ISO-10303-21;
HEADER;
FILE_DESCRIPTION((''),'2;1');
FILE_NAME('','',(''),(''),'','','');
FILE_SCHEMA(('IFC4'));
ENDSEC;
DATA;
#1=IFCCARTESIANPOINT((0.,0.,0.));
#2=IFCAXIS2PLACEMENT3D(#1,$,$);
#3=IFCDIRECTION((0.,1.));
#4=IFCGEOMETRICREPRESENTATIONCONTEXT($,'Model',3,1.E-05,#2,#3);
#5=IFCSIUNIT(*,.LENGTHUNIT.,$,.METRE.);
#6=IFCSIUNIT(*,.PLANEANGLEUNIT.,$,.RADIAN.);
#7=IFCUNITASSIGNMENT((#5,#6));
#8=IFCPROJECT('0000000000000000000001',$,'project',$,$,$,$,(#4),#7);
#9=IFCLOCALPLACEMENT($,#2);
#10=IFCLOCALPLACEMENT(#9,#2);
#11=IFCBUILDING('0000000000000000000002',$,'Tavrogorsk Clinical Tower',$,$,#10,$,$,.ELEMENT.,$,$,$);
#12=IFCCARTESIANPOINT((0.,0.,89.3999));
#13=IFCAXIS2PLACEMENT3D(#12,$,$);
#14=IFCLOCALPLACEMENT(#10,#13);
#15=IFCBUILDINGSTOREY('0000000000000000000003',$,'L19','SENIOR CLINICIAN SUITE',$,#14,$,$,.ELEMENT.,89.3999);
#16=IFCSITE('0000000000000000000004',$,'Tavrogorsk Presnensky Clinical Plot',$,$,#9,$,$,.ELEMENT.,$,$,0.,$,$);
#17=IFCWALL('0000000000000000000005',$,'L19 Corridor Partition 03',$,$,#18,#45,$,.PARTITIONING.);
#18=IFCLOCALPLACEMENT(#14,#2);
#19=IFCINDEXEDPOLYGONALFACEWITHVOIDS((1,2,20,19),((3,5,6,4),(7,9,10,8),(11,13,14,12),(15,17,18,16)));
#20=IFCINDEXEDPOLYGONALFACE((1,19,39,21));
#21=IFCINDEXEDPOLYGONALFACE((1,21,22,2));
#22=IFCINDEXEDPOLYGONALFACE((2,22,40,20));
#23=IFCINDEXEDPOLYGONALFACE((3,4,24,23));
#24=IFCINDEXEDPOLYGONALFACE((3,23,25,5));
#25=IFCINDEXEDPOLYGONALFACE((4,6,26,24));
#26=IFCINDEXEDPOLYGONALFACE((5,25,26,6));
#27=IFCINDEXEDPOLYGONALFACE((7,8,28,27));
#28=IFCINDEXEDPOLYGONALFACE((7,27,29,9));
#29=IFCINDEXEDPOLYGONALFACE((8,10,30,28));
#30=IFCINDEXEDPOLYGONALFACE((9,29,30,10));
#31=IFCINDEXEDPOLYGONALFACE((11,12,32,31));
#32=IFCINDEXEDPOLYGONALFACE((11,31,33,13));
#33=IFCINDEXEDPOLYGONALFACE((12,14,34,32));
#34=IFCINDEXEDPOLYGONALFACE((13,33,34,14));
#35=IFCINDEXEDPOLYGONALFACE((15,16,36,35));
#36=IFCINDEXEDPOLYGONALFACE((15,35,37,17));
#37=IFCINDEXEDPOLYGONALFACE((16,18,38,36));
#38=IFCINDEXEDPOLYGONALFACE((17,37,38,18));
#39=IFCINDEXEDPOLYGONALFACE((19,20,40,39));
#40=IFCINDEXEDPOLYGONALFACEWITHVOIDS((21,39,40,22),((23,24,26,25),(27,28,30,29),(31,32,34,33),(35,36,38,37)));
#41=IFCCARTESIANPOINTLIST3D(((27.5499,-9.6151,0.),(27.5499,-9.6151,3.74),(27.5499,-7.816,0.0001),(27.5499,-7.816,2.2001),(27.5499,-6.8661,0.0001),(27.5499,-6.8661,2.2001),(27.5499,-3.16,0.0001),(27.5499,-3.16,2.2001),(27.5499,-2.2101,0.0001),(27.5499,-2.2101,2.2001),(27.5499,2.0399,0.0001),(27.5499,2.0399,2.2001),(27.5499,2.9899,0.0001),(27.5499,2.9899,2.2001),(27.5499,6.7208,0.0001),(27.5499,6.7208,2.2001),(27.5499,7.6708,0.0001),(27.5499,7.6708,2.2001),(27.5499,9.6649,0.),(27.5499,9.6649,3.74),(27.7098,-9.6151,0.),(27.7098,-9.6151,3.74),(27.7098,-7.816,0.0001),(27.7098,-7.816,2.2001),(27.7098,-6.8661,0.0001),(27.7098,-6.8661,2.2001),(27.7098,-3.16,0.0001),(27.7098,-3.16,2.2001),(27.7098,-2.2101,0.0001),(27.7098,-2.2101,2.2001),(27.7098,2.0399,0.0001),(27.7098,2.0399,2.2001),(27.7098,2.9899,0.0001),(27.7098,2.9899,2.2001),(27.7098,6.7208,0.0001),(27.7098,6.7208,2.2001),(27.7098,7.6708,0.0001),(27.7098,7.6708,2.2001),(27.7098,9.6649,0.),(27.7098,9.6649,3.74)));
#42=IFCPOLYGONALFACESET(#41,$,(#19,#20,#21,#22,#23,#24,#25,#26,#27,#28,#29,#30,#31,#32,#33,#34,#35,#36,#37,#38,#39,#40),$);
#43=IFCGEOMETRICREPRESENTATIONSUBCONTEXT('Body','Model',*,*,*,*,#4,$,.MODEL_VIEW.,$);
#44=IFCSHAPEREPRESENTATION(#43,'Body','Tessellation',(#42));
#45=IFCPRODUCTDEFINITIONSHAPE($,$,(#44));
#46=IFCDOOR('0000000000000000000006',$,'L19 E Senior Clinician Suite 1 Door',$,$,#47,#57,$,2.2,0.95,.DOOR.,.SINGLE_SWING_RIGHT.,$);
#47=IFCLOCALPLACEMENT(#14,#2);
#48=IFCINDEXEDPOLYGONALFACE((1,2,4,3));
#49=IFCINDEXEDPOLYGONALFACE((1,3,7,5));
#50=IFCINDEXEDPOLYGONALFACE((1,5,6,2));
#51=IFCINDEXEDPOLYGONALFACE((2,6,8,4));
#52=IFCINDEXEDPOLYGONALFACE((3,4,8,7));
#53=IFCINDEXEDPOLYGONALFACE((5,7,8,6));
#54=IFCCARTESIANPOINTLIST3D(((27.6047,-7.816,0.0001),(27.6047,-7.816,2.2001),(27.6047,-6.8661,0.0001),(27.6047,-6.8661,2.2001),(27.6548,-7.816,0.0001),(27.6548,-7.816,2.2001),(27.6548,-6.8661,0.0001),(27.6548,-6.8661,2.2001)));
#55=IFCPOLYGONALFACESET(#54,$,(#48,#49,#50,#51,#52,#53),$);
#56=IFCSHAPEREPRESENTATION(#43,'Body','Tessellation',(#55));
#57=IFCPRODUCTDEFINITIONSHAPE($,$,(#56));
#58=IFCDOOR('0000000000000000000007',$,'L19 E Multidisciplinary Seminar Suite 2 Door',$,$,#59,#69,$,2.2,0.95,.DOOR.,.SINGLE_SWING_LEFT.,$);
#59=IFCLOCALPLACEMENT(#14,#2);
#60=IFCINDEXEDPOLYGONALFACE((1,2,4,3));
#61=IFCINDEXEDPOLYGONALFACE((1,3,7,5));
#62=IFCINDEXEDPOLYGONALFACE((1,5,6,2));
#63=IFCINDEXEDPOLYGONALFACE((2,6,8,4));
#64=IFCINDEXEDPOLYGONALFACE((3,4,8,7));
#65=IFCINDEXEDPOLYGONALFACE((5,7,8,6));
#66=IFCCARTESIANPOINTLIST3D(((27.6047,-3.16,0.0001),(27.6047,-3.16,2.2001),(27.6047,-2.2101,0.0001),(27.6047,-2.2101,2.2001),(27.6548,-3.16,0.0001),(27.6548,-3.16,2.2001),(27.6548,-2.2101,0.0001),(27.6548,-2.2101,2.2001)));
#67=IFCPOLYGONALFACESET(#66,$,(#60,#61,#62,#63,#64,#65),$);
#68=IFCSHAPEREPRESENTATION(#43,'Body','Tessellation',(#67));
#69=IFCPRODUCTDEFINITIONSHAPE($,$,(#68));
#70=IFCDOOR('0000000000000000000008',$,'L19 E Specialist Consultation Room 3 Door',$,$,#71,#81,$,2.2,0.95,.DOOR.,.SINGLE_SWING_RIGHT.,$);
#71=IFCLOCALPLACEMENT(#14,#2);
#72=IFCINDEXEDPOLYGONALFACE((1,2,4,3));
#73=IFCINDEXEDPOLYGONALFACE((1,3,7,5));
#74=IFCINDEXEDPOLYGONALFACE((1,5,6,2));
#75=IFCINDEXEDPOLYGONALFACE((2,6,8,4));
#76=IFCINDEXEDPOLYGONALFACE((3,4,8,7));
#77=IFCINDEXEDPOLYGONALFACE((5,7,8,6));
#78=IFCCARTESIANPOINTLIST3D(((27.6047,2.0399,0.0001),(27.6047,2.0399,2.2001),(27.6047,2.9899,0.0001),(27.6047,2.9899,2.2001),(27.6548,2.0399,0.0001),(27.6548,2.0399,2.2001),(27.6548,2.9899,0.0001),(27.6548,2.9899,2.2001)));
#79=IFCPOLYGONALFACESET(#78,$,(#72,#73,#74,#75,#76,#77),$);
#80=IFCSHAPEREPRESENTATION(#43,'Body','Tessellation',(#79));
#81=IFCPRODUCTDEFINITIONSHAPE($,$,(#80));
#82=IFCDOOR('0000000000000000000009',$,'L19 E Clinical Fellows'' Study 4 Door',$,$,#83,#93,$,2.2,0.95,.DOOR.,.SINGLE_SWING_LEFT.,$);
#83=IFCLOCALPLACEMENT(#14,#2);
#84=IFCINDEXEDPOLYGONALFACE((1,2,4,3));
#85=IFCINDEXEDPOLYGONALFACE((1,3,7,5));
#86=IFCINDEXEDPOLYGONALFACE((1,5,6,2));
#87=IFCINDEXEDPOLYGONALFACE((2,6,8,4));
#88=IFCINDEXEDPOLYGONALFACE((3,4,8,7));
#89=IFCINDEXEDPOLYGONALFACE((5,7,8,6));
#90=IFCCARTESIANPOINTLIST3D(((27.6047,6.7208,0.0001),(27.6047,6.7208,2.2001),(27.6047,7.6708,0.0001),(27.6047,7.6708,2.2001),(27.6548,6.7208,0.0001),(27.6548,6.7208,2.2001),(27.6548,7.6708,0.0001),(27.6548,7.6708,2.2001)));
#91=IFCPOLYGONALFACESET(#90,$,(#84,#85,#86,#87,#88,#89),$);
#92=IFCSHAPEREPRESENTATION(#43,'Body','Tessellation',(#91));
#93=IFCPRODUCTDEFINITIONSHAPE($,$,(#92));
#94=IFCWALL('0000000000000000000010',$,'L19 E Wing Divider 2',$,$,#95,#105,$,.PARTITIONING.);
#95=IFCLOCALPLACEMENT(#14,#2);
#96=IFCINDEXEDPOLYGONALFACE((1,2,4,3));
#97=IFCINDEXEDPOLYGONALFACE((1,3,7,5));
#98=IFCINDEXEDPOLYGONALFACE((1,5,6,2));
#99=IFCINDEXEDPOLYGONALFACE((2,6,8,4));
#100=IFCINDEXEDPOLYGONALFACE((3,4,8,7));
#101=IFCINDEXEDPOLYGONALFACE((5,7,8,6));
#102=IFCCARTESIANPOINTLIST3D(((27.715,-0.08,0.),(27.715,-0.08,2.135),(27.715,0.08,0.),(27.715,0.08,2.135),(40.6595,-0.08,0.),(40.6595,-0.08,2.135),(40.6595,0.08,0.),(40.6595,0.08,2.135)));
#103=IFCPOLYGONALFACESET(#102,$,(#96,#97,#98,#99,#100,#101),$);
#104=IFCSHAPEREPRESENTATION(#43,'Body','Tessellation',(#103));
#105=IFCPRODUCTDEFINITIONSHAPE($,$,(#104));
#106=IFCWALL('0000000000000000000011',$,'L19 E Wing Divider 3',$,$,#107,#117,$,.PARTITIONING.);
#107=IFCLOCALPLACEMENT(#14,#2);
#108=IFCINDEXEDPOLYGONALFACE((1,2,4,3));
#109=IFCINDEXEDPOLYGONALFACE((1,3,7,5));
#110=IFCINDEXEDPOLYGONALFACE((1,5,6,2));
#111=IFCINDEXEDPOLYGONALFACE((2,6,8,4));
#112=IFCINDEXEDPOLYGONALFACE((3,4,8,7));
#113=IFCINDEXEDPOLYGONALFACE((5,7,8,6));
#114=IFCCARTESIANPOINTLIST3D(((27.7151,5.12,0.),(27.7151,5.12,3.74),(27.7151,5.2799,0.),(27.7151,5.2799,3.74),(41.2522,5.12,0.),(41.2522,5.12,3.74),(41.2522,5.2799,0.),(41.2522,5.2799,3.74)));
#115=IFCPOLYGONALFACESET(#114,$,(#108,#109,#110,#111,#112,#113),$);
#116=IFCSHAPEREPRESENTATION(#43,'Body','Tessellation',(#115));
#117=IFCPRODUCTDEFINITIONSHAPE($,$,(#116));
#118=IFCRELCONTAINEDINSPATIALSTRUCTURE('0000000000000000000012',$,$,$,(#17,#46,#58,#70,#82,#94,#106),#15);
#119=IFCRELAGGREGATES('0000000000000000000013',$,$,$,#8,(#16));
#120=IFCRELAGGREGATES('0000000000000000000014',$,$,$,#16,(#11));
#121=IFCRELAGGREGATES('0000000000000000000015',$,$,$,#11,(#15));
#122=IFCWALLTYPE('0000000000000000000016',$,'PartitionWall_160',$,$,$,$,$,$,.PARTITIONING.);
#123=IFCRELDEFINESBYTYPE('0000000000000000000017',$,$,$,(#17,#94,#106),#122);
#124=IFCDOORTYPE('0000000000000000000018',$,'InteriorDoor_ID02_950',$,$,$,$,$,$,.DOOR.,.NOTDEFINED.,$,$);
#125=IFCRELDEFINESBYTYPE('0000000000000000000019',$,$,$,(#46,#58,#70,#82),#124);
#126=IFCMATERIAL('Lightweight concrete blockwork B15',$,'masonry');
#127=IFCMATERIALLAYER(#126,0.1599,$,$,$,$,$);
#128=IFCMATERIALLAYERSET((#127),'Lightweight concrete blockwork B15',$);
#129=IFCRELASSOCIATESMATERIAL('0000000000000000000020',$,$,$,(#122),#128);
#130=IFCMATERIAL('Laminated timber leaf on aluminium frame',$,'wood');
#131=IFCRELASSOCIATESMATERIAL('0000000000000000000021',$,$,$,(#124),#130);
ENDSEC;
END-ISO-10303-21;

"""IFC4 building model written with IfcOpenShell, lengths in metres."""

from ifc_helpers import new_model, si_unit, direction, frame, frame_2d, origin, place, context, subcontext, project, spatial, rectangle, extrude, material, layer, layer_set, type_object, element, fill, save


model = new_model("IFC4")

# Units and contexts
model_context = context("Model", 3, precision=1e-05, world=origin(), true_north=direction((0.0, 1.0)))
body_context = subcontext(model_context, "Body", "Model", "MODEL_VIEW")
ifc_project = project(units=[si_unit("LENGTHUNIT", "METRE"), si_unit("PLANEANGLEUNIT", "RADIAN")], contexts=[model_context])

# Site, building, storey
site_placement = place(None, origin())
site = spatial("IfcSite", under=ifc_project, at=site_placement, Name="Tavrogorsk Presnensky Clinical Plot", CompositionType="ELEMENT", RefElevation=0.0)
building_placement = place(site_placement, origin())
building = spatial("IfcBuilding", under=site, at=building_placement, Name="Tavrogorsk Clinical Tower", CompositionType="ELEMENT")
storey_placement = place(building_placement, frame((0.0, 0.0, 89.3999)))
storey = spatial("IfcBuildingStorey", under=building, at=storey_placement, Name="L19", Description="SENIOR CLINICIAN SUITE", CompositionType="ELEMENT", Elevation=89.3999)

# Shared definitions
ifc_material_1 = material(Name="Lightweight concrete blockwork B15", Category="masonry")
ifc_layer_1 = layer(ifc_material_1, 0.1599)
ifc_layer_set_1 = layer_set([ifc_layer_1], Name="Lightweight concrete blockwork B15")
wall_type_1 = type_object("IfcWallType", Name="PartitionWall_160", PredefinedType="PARTITIONING", material=ifc_layer_set_1)

# Wall, openings, doors
wall_1_placement = place(storey_placement, frame((27.6299, 9.665, 0.0), z_axis=(0.0, 0.0, 1.0), x_axis=(0.0, -1.0, 0.0)))
wall_1 = element("IfcWall", 1, at=wall_1_placement, inside=storey, type_object=wall_type_1, Name="L19 Corridor Partition 03", PredefinedType="PARTITIONING", context=body_context, shape_type="SweptSolid", body=[
    extrude(rectangle(XDim=19.28, YDim=0.1599, at=frame_2d((9.6401, 0.0))), origin(), (0.0, 0.0, 1.0), 3.74),
])
opening_1_placement = place(wall_1_placement, frame((16.531, 0.0, 0.0)))
opening_1 = element("IfcOpeningElement", 2, at=opening_1_placement, cuts=wall_1, PredefinedType="OPENING", context=body_context, shape_type="SweptSolid", body=[
    extrude(rectangle(XDim=0.95, YDim=2.2, at=frame_2d((0.4751, 1.1001))), frame((0.0, 0.0898, 0.0), z_axis=(0.0, -1.0, 0.0), x_axis=(1.0, 0.0, 0.0)), (0.0, 0.0, 1.0), 0.1799),
])
opening_2_placement = place(wall_1_placement, frame((11.875, 0.0, 0.0)))
opening_2 = element("IfcOpeningElement", 3, at=opening_2_placement, cuts=wall_1, PredefinedType="OPENING", context=body_context, shape_type="SweptSolid", body=[
    extrude(rectangle(XDim=0.95, YDim=2.2, at=frame_2d((0.4751, 1.1001))), frame((0.0, 0.0898, 0.0), z_axis=(0.0, -1.0, 0.0), x_axis=(1.0, 0.0, 0.0)), (0.0, 0.0, 1.0), 0.1799),
])
opening_3_placement = place(wall_1_placement, frame((6.675, 0.0, 0.0)))
opening_3 = element("IfcOpeningElement", 4, at=opening_3_placement, cuts=wall_1, PredefinedType="OPENING", context=body_context, shape_type="SweptSolid", body=[
    extrude(rectangle(XDim=0.95, YDim=2.2, at=frame_2d((0.4751, 1.1001))), frame((0.0, 0.0898, 0.0), z_axis=(0.0, -1.0, 0.0), x_axis=(1.0, 0.0, 0.0)), (0.0, 0.0, 1.0), 0.1799),
])
opening_4_placement = place(wall_1_placement, frame((1.9941, 0.0, 0.0)))
opening_4 = element("IfcOpeningElement", 5, at=opening_4_placement, cuts=wall_1, PredefinedType="OPENING", context=body_context, shape_type="SweptSolid", body=[
    extrude(rectangle(XDim=0.95, YDim=2.2, at=frame_2d((0.4751, 1.1001))), frame((0.0, 0.0898, 0.0), z_axis=(0.0, -1.0, 0.0), x_axis=(1.0, 0.0, 0.0)), (0.0, 0.0, 1.0), 0.1799),
])
ifc_material_2 = material(Name="Laminated timber leaf on aluminium frame", Category="wood")
door_type = type_object("IfcDoorType", Name="InteriorDoor_ID02_950", OperationType="NOTDEFINED", PredefinedType="DOOR", material=ifc_material_2)
door_1_placement = place(opening_1_placement, origin())
door_1 = element("IfcDoor", 6, at=door_1_placement, inside=storey, type_object=door_type, Name="L19 E Senior Clinician Suite 1 Door", OperationType="SINGLE_SWING_RIGHT", OverallHeight=2.2, OverallWidth=0.95, PredefinedType="DOOR", context=body_context, shape_type="SweptSolid", body=[
    extrude(rectangle(XDim=0.95, YDim=2.2, at=frame_2d((0.4751, 1.1001))), frame((0.0, 0.0249, 0.0), z_axis=(0.0, -1.0, 0.0), x_axis=(1.0, 0.0, 0.0)), (0.0, 0.0, 1.0), 0.05),
])
fill(opening_1, door_1)
door_2_placement = place(opening_2_placement, origin())
door_2 = element("IfcDoor", 7, at=door_2_placement, inside=storey, type_object=door_type, Name="L19 E Multidisciplinary Seminar Suite 2 Door", OperationType="SINGLE_SWING_LEFT", OverallHeight=2.2, OverallWidth=0.95, PredefinedType="DOOR", context=body_context, shape_type="SweptSolid", body=[
    extrude(rectangle(XDim=0.95, YDim=2.2, at=frame_2d((0.4751, 1.1001))), frame((0.0, 0.0249, 0.0), z_axis=(0.0, -1.0, 0.0), x_axis=(1.0, 0.0, 0.0)), (0.0, 0.0, 1.0), 0.05),
])
fill(opening_2, door_2)
door_3_placement = place(opening_3_placement, origin())
door_3 = element("IfcDoor", 8, at=door_3_placement, inside=storey, type_object=door_type, Name="L19 E Specialist Consultation Room 3 Door", OperationType="SINGLE_SWING_RIGHT", OverallHeight=2.2, OverallWidth=0.95, PredefinedType="DOOR", context=body_context, shape_type="SweptSolid", body=[
    extrude(rectangle(XDim=0.95, YDim=2.2, at=frame_2d((0.4751, 1.1001))), frame((0.0, 0.0249, 0.0), z_axis=(0.0, -1.0, 0.0), x_axis=(1.0, 0.0, 0.0)), (0.0, 0.0, 1.0), 0.05),
])
fill(opening_3, door_3)
door_4_placement = place(opening_4_placement, origin())
door_4 = element("IfcDoor", 9, at=door_4_placement, inside=storey, type_object=door_type, Name="L19 E Clinical Fellows' Study 4 Door", OperationType="SINGLE_SWING_LEFT", OverallHeight=2.2, OverallWidth=0.95, PredefinedType="DOOR", context=body_context, shape_type="SweptSolid", body=[
    extrude(rectangle(XDim=0.95, YDim=2.2, at=frame_2d((0.4751, 1.1001))), frame((0.0, 0.0249, 0.0), z_axis=(0.0, -1.0, 0.0), x_axis=(1.0, 0.0, 0.0)), (0.0, 0.0, 1.0), 0.05),
])
fill(opening_4, door_4)

# Walls
wall_2_placement = place(storey_placement, frame((27.7151, 0.0, 0.0), z_axis=(0.0, 0.0, 1.0), x_axis=(1.0, 0.0, 0.0)))
element("IfcWall", 10, at=wall_2_placement, inside=storey, type_object=wall_type_1, Name="L19 E Wing Divider 2", PredefinedType="PARTITIONING", context=body_context, shape_type="SweptSolid", body=[
    extrude(rectangle(XDim=12.9446, YDim=0.1599, at=frame_2d((6.4722, 0.0))), origin(), (0.0, 0.0, 1.0), 2.135),
])
wall_3_placement = place(storey_placement, frame((27.7151, 5.2, 0.0), z_axis=(0.0, 0.0, 1.0), x_axis=(1.0, 0.0, 0.0)))
element("IfcWall", 11, at=wall_3_placement, inside=storey, type_object=wall_type_1, Name="L19 E Wing Divider 3", PredefinedType="PARTITIONING", context=body_context, shape_type="SweptSolid", body=[
    extrude(rectangle(XDim=13.5371, YDim=0.1599, at=frame_2d((6.7686, 0.0))), origin(), (0.0, 0.0, 1.0), 3.74),
])

save(model, "model.ifc")
